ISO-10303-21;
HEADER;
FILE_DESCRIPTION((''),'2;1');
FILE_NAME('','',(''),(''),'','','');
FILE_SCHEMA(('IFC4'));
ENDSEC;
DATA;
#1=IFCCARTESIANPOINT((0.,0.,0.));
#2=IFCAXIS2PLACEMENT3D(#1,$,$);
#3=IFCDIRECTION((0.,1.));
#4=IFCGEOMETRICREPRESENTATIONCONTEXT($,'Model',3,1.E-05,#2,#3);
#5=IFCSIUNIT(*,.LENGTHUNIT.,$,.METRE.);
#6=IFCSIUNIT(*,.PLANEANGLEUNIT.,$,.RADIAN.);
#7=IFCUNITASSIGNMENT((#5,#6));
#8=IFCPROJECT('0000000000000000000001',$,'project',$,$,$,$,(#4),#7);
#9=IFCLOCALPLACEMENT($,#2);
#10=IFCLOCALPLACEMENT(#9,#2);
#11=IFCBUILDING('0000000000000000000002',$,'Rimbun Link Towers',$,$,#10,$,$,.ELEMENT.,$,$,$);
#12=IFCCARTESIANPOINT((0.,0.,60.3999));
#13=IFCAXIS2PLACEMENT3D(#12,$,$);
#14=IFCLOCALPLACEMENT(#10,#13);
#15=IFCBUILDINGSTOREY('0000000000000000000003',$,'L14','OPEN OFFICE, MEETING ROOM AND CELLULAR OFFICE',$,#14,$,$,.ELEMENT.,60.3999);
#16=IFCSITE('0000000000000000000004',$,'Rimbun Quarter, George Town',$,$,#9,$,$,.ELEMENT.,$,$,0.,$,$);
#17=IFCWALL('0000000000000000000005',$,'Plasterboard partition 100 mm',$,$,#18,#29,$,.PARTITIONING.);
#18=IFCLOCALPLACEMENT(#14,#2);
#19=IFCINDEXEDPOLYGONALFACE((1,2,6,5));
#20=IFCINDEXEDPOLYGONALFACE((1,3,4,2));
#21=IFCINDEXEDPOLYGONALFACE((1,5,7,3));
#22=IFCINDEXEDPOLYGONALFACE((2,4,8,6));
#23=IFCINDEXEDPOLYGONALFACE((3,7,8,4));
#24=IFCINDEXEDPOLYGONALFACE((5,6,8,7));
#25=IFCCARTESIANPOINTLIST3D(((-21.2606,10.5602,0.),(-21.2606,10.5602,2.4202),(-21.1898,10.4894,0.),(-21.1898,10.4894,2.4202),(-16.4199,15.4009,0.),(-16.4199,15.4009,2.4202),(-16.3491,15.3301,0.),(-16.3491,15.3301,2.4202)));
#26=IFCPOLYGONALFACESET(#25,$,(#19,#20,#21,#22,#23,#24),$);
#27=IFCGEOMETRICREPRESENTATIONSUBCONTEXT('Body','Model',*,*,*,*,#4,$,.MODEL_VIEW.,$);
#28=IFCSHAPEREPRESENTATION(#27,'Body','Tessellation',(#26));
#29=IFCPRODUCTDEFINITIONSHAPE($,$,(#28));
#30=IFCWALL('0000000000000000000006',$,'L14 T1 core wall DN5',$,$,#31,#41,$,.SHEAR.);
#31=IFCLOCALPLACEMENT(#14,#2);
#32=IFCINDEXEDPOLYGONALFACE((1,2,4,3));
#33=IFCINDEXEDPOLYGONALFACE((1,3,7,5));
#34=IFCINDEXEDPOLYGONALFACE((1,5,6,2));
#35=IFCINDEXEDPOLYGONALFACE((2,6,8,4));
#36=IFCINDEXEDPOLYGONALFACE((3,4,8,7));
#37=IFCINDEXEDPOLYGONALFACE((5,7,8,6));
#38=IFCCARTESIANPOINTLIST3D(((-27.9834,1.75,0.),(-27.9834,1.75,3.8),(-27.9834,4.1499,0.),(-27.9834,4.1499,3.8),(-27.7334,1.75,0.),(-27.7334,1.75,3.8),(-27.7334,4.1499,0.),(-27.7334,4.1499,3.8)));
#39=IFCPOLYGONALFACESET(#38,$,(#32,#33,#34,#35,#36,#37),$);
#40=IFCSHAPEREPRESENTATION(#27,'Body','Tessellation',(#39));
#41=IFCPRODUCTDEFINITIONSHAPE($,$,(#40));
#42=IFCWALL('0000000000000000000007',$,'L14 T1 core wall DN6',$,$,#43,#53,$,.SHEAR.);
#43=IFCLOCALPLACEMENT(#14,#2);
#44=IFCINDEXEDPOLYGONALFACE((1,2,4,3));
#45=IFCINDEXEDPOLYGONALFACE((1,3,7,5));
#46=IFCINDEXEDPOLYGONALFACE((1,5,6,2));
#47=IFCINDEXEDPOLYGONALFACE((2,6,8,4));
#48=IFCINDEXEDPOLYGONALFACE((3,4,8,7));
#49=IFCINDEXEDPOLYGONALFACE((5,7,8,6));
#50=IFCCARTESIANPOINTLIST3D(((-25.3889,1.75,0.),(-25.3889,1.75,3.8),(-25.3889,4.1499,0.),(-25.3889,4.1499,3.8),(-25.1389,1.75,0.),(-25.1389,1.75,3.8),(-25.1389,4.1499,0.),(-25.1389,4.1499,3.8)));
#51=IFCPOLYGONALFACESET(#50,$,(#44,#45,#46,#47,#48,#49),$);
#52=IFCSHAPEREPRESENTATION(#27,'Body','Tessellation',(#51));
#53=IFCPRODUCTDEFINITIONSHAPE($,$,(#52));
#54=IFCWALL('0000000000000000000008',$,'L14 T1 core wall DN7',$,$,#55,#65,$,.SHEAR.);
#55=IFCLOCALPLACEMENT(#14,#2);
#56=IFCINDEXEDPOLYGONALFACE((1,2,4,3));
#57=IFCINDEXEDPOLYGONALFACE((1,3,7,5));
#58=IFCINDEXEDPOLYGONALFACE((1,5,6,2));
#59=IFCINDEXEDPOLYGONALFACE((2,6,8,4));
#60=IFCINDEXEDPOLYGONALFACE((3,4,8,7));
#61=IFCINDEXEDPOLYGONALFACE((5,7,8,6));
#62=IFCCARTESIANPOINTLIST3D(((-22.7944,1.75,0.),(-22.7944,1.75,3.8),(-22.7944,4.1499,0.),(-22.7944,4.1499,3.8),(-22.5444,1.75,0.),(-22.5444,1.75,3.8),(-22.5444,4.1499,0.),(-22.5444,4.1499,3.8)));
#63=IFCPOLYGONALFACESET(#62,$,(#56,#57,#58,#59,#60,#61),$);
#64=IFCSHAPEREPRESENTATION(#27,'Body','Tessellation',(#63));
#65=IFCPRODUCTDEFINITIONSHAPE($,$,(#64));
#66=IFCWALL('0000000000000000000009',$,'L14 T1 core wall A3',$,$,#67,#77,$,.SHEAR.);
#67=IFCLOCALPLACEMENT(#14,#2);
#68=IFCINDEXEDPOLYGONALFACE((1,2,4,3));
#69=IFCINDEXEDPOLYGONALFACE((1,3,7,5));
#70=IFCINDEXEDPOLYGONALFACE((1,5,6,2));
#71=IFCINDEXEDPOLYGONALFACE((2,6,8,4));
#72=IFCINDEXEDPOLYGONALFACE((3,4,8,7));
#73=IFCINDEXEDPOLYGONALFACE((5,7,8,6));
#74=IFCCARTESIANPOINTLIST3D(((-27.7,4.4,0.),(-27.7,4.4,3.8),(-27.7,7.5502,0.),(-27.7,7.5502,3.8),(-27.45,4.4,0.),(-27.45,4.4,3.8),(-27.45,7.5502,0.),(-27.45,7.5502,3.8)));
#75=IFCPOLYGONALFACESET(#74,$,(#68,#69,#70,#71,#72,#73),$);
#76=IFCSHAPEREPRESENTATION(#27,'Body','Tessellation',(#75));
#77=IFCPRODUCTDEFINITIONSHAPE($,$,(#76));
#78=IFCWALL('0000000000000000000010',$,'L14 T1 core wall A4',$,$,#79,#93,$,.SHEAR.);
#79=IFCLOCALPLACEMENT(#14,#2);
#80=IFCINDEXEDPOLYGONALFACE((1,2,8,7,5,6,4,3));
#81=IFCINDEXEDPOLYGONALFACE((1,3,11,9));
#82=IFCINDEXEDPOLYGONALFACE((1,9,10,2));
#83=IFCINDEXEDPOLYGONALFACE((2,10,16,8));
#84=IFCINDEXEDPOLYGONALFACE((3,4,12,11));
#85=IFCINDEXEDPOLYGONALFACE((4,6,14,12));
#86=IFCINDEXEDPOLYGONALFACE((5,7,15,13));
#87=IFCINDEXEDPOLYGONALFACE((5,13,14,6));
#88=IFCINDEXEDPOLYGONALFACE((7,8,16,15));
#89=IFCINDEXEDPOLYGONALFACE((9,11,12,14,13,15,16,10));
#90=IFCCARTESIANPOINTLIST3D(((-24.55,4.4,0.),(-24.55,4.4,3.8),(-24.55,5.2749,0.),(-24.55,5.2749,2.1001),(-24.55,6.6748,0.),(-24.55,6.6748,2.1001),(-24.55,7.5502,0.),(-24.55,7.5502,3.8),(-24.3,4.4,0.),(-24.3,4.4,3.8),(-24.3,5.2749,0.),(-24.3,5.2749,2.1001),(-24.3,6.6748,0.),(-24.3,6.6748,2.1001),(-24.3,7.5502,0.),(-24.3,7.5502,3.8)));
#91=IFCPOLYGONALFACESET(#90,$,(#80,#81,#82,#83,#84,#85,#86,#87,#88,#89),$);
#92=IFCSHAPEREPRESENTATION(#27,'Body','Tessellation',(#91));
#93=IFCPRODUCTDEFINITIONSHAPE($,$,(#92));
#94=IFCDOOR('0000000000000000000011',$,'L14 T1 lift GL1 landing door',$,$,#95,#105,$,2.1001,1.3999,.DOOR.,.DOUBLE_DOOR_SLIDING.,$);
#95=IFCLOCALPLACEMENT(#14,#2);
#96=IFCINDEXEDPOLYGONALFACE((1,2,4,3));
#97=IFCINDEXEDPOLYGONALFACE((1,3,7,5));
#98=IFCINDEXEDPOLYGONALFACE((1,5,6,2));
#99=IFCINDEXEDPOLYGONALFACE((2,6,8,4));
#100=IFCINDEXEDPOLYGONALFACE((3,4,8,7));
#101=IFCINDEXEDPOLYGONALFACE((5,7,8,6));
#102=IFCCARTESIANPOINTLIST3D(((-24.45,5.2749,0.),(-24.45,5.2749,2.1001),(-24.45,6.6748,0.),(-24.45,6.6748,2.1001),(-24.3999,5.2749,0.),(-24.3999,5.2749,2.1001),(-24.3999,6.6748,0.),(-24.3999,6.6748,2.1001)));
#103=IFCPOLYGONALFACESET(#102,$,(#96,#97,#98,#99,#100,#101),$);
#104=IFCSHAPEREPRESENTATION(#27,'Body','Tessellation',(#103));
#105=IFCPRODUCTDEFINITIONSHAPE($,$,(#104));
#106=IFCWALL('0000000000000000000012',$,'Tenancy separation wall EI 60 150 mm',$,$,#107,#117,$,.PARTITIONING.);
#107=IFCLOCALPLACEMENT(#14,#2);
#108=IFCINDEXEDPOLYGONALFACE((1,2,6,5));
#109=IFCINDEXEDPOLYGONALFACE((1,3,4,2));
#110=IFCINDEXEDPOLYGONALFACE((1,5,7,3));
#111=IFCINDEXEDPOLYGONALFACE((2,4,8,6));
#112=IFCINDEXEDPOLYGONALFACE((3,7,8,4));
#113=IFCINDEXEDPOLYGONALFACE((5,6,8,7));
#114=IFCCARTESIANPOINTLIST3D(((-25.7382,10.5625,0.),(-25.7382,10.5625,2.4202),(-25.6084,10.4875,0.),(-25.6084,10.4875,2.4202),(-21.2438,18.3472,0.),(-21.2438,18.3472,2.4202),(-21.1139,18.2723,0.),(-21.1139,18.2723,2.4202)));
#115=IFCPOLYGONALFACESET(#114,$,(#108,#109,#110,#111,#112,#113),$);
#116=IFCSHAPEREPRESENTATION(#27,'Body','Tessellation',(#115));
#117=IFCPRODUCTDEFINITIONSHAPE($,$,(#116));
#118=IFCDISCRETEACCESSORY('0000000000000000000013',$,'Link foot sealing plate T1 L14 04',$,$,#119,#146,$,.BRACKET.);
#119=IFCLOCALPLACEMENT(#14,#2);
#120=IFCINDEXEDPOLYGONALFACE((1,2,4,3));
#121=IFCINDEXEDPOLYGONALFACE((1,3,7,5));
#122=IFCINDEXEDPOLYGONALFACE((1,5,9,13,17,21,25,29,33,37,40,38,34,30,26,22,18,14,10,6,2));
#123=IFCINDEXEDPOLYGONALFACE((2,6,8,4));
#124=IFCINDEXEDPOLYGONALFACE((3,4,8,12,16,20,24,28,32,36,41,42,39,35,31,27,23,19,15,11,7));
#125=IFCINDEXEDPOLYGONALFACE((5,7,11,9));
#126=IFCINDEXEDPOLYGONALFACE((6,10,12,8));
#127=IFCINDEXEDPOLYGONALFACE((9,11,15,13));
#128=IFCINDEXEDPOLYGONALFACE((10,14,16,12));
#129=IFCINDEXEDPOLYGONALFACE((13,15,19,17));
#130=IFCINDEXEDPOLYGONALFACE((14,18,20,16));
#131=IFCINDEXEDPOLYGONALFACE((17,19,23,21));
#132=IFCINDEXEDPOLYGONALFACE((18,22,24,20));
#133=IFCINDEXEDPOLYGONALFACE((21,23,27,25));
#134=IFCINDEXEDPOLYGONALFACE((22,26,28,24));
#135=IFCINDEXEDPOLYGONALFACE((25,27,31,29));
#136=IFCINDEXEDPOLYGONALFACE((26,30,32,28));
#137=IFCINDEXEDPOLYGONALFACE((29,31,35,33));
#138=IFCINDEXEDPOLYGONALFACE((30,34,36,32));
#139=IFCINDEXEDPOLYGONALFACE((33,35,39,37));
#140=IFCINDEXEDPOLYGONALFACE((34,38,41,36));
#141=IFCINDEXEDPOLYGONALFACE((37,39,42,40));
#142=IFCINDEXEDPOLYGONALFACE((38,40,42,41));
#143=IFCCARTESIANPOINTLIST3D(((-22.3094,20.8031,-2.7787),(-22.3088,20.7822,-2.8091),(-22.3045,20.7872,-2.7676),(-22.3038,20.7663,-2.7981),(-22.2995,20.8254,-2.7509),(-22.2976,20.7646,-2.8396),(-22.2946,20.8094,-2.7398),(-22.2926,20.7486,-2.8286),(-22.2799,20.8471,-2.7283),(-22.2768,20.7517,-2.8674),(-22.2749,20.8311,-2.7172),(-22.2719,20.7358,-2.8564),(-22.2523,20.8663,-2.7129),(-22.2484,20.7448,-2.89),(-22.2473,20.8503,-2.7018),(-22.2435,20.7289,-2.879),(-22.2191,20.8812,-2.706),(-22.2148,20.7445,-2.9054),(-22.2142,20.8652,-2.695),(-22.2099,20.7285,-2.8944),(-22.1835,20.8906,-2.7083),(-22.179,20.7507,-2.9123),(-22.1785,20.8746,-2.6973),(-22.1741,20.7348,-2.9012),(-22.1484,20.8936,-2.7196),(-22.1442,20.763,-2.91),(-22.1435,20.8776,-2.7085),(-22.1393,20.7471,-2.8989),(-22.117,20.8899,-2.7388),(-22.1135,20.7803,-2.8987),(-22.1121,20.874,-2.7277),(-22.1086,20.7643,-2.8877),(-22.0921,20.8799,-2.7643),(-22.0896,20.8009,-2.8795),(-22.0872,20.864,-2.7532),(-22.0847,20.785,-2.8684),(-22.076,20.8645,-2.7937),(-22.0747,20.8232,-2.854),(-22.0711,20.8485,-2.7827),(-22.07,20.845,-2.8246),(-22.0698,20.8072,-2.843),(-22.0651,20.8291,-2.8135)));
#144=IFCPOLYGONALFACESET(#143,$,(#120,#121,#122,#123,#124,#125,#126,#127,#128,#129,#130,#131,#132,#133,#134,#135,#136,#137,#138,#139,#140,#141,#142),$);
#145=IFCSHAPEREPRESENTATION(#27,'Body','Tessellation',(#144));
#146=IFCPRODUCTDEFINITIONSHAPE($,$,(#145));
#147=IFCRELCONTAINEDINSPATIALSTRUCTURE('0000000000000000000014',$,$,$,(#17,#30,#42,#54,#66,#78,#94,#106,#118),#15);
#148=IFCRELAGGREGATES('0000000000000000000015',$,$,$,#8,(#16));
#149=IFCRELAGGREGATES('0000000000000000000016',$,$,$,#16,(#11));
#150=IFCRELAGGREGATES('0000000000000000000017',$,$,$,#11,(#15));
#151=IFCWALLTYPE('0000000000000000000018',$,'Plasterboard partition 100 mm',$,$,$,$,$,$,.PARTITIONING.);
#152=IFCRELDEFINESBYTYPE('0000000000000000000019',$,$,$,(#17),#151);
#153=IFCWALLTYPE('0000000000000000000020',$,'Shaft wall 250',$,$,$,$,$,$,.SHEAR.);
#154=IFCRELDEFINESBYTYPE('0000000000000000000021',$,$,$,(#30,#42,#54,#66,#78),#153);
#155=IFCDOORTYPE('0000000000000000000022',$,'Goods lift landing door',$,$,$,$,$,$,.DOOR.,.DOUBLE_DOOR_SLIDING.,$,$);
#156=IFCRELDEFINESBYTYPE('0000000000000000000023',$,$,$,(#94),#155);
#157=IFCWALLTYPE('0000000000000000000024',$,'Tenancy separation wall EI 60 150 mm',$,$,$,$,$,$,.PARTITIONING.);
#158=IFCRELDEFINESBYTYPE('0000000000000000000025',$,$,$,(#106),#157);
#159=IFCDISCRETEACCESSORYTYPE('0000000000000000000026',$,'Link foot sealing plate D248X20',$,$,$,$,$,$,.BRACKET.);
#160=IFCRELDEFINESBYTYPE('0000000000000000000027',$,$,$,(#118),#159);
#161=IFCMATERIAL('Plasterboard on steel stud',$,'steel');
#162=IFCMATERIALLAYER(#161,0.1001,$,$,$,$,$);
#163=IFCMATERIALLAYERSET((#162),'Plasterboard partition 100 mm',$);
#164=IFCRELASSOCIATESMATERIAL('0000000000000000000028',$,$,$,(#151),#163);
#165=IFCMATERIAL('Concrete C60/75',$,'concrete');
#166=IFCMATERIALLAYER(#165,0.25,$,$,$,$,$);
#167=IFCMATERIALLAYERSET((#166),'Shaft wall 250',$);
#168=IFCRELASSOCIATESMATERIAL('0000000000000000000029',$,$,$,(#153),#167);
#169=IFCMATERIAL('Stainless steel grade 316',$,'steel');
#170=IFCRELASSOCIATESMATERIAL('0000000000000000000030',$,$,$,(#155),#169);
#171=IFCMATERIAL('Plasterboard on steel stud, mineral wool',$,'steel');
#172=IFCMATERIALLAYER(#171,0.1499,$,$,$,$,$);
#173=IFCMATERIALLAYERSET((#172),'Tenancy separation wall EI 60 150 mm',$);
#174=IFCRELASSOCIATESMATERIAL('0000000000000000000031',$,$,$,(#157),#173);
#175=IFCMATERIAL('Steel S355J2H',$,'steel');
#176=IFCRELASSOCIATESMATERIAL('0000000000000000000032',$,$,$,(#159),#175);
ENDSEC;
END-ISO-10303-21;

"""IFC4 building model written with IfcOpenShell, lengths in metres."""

from ifc_helpers import new_model, si_unit, direction, frame, frame_2d, origin, origin_2d, place, context, subcontext, project, spatial, rectangle, circle, extrude, material, layer, layer_set, material_profile, profile_set, type_object, element, fill, save


model = new_model("IFC4")

# Units and contexts
model_context = context("Model", 3, precision=1e-05, world=origin(), true_north=direction((0.0, 1.0)))
body_context = subcontext(model_context, "Body", "Model", "MODEL_VIEW")
ifc_project = project(units=[si_unit("LENGTHUNIT", "METRE"), si_unit("PLANEANGLEUNIT", "RADIAN")], contexts=[model_context])

# Site, building, storey
site_placement = place(None, origin())
site = spatial("IfcSite", under=ifc_project, at=site_placement, Name="Rimbun Quarter, George Town", CompositionType="ELEMENT", RefElevation=0.0)
building_placement = place(site_placement, origin())
building = spatial("IfcBuilding", under=site, at=building_placement, Name="Rimbun Link Towers", CompositionType="ELEMENT")
storey_placement = place(building_placement, frame((0.0, 0.0, 60.3999)))
storey = spatial("IfcBuildingStorey", under=building, at=storey_placement, Name="L14", Description="OPEN OFFICE, MEETING ROOM AND CELLULAR OFFICE", CompositionType="ELEMENT", Elevation=60.3999)

# Walls
ifc_material_1 = material(Name="Plasterboard on steel stud", Category="steel")
ifc_layer_1 = layer(ifc_material_1, 0.1001)
ifc_layer_set_1 = layer_set([ifc_layer_1], Name="Plasterboard partition 100 mm")
wall_type_1 = type_object("IfcWallType", Name="Plasterboard partition 100 mm", PredefinedType="PARTITIONING", material=ifc_layer_set_1)
wall_1_placement = place(storey_placement, frame((-16.3845, 15.3655, 0.0), z_axis=(0.0, 0.0, 1.0), x_axis=(-0.707107, -0.707107, 0.0)))
element("IfcWall", 1, at=wall_1_placement, inside=storey, type_object=wall_type_1, Name="Plasterboard partition 100 mm", PredefinedType="PARTITIONING", context=body_context, shape_type="SweptSolid", body=[
    extrude(rectangle(XDim=6.8457, YDim=0.1001, at=frame_2d((3.4229, 0.0))), origin(), (0.0, 0.0, 1.0), 2.4202),
])
ifc_material_2 = material(Name="Concrete C60/75", Category="concrete")
ifc_layer_2 = layer(ifc_material_2, 0.25)
ifc_layer_set_2 = layer_set([ifc_layer_2], Name="Shaft wall 250")
wall_type_2 = type_object("IfcWallType", Name="Shaft wall 250", PredefinedType="SHEAR", material=ifc_layer_set_2)
for number, where, z_axis, x_axis, name in (
    (2, (-27.8584, 1.75, 0.0), (0.0, 0.0, 1.0), (0.0, 1.0, 0.0), "L14 T1 core wall DN5"),
    (3, (-25.2639, 1.75, 0.0), (0.0, 0.0, 1.0), (0.0, 1.0, 0.0), "L14 T1 core wall DN6"),
    (4, (-22.6694, 1.75, 0.0), (0.0, 0.0, 1.0), (0.0, 1.0, 0.0), "L14 T1 core wall DN7"),
):
    element("IfcWall", number, at=place(storey_placement, frame(where, z_axis=z_axis, x_axis=x_axis)), inside=storey, type_object=wall_type_2, Name=name, PredefinedType="SHEAR", context=body_context, shape_type="SweptSolid", body=[
        extrude(rectangle(XDim=2.3999, YDim=0.25, at=frame_2d((1.2, 0.0))), origin(), (0.0, 0.0, 1.0), 3.8),
    ])
wall_2_placement = place(storey_placement, frame((-27.575, 4.3999, 0.0), z_axis=(0.0, 0.0, 1.0), x_axis=(0.0, 1.0, 0.0)))
element("IfcWall", 5, at=wall_2_placement, inside=storey, type_object=wall_type_2, Name="L14 T1 core wall A3", PredefinedType="SHEAR", context=body_context, shape_type="SweptSolid", body=[
    extrude(rectangle(XDim=3.1501, YDim=0.25, at=frame_2d((1.5752, 0.0))), origin(), (0.0, 0.0, 1.0), 3.8),
])

# Wall, opening, door
wall_3_placement = place(storey_placement, frame((-24.425, 4.3999, 0.0), z_axis=(0.0, 0.0, 1.0), x_axis=(0.0, 1.0, 0.0)))
wall_3 = element("IfcWall", 6, at=wall_3_placement, inside=storey, type_object=wall_type_2, Name="L14 T1 core wall A4", PredefinedType="SHEAR", context=body_context, shape_type="SweptSolid", body=[
    extrude(rectangle(XDim=3.1501, YDim=0.25, at=frame_2d((1.5752, 0.0))), origin(), (0.0, 0.0, 1.0), 3.8),
])
opening_1_placement = place(wall_3_placement, frame((0.875, 0.0, 0.0)))
opening_1 = element("IfcOpeningElement", 7, at=opening_1_placement, cuts=wall_3, PredefinedType="OPENING", context=body_context, shape_type="SweptSolid", body=[
    extrude(rectangle(XDim=1.3999, YDim=2.1001, at=frame_2d((0.7, 1.05))), frame((0.0, 0.135, 0.0), z_axis=(0.0, -1.0, 0.0), x_axis=(1.0, 0.0, 0.0)), (0.0, 0.0, 1.0), 0.27),
])
ifc_material_3 = material(Name="Stainless steel grade 316", Category="steel")
door_type_1 = type_object("IfcDoorType", Name="Goods lift landing door", OperationType="DOUBLE_DOOR_SLIDING", PredefinedType="DOOR", material=ifc_material_3)
door_1_placement = place(opening_1_placement, origin())
door_1 = element("IfcDoor", 8, at=door_1_placement, inside=storey, type_object=door_type_1, Name="L14 T1 lift GL1 landing door", OperationType="DOUBLE_DOOR_SLIDING", OverallHeight=2.1001, OverallWidth=1.3999, PredefinedType="DOOR", context=body_context, shape_type="SweptSolid", body=[
    extrude(rectangle(XDim=1.3999, YDim=2.1001, at=frame_2d((0.7, 1.05))), frame((0.0, 0.0249, 0.0), z_axis=(0.0, -1.0, 0.0), x_axis=(1.0, 0.0, 0.0)), (0.0, 0.0, 1.0), 0.05),
])
fill(opening_1, door_1)

# Wall
ifc_material_4 = material(Name="Plasterboard on steel stud, mineral wool", Category="steel")
ifc_layer_3 = layer(ifc_material_4, 0.1499)
ifc_layer_set_3 = layer_set([ifc_layer_3], Name="Tenancy separation wall EI 60 150 mm")
wall_type_3 = type_object("IfcWallType", Name="Tenancy separation wall EI 60 150 mm", PredefinedType="PARTITIONING", material=ifc_layer_set_3)
wall_4_placement = place(storey_placement, frame((-25.6733, 10.5249, 0.0), z_axis=(0.0, 0.0, 1.0), x_axis=(0.499992, 0.86603, 0.0)))
element("IfcWall", 9, at=wall_4_placement, inside=storey, type_object=wall_type_3, Name="Tenancy separation wall EI 60 150 mm", PredefinedType="PARTITIONING", context=body_context, shape_type="SweptSolid", body=[
    extrude(rectangle(XDim=8.989, YDim=0.1499, at=frame_2d((4.4946, 0.0))), origin(), (0.0, 0.0, 1.0), 2.4202),
])

# Discrete accessory
ifc_material_5 = material(Name="Steel S355J2H", Category="steel")
ifc_material_profile_1 = material_profile(ifc_material_5, circle(Radius=0.124, at=origin_2d()), Name="PL D248")
ifc_profile_set_1 = profile_set([ifc_material_profile_1], Name="Steel S355J2H")
discrete_accessory_type = type_object("IfcDiscreteAccessoryType", Name="Link foot sealing plate D248X20", PredefinedType="BRACKET", material=ifc_profile_set_1)
discrete_accessory_placement = place(storey_placement, frame((-22.1853, 20.8027, -2.7981), z_axis=(-0.245256, 0.797081, -0.551825), x_axis=(-0.955779, -0.294086, 0.0)))
element("IfcDiscreteAccessory", 10, at=discrete_accessory_placement, inside=storey, type_object=discrete_accessory_type, Name="Link foot sealing plate T1 L14 04", PredefinedType="BRACKET", context=body_context, shape_type="SweptSolid", body=[
    extrude(circle(Radius=0.124, at=origin_2d()), origin(), (0.0, 0.0, 1.0), 0.02),
])

save(model, "model.ifc")
